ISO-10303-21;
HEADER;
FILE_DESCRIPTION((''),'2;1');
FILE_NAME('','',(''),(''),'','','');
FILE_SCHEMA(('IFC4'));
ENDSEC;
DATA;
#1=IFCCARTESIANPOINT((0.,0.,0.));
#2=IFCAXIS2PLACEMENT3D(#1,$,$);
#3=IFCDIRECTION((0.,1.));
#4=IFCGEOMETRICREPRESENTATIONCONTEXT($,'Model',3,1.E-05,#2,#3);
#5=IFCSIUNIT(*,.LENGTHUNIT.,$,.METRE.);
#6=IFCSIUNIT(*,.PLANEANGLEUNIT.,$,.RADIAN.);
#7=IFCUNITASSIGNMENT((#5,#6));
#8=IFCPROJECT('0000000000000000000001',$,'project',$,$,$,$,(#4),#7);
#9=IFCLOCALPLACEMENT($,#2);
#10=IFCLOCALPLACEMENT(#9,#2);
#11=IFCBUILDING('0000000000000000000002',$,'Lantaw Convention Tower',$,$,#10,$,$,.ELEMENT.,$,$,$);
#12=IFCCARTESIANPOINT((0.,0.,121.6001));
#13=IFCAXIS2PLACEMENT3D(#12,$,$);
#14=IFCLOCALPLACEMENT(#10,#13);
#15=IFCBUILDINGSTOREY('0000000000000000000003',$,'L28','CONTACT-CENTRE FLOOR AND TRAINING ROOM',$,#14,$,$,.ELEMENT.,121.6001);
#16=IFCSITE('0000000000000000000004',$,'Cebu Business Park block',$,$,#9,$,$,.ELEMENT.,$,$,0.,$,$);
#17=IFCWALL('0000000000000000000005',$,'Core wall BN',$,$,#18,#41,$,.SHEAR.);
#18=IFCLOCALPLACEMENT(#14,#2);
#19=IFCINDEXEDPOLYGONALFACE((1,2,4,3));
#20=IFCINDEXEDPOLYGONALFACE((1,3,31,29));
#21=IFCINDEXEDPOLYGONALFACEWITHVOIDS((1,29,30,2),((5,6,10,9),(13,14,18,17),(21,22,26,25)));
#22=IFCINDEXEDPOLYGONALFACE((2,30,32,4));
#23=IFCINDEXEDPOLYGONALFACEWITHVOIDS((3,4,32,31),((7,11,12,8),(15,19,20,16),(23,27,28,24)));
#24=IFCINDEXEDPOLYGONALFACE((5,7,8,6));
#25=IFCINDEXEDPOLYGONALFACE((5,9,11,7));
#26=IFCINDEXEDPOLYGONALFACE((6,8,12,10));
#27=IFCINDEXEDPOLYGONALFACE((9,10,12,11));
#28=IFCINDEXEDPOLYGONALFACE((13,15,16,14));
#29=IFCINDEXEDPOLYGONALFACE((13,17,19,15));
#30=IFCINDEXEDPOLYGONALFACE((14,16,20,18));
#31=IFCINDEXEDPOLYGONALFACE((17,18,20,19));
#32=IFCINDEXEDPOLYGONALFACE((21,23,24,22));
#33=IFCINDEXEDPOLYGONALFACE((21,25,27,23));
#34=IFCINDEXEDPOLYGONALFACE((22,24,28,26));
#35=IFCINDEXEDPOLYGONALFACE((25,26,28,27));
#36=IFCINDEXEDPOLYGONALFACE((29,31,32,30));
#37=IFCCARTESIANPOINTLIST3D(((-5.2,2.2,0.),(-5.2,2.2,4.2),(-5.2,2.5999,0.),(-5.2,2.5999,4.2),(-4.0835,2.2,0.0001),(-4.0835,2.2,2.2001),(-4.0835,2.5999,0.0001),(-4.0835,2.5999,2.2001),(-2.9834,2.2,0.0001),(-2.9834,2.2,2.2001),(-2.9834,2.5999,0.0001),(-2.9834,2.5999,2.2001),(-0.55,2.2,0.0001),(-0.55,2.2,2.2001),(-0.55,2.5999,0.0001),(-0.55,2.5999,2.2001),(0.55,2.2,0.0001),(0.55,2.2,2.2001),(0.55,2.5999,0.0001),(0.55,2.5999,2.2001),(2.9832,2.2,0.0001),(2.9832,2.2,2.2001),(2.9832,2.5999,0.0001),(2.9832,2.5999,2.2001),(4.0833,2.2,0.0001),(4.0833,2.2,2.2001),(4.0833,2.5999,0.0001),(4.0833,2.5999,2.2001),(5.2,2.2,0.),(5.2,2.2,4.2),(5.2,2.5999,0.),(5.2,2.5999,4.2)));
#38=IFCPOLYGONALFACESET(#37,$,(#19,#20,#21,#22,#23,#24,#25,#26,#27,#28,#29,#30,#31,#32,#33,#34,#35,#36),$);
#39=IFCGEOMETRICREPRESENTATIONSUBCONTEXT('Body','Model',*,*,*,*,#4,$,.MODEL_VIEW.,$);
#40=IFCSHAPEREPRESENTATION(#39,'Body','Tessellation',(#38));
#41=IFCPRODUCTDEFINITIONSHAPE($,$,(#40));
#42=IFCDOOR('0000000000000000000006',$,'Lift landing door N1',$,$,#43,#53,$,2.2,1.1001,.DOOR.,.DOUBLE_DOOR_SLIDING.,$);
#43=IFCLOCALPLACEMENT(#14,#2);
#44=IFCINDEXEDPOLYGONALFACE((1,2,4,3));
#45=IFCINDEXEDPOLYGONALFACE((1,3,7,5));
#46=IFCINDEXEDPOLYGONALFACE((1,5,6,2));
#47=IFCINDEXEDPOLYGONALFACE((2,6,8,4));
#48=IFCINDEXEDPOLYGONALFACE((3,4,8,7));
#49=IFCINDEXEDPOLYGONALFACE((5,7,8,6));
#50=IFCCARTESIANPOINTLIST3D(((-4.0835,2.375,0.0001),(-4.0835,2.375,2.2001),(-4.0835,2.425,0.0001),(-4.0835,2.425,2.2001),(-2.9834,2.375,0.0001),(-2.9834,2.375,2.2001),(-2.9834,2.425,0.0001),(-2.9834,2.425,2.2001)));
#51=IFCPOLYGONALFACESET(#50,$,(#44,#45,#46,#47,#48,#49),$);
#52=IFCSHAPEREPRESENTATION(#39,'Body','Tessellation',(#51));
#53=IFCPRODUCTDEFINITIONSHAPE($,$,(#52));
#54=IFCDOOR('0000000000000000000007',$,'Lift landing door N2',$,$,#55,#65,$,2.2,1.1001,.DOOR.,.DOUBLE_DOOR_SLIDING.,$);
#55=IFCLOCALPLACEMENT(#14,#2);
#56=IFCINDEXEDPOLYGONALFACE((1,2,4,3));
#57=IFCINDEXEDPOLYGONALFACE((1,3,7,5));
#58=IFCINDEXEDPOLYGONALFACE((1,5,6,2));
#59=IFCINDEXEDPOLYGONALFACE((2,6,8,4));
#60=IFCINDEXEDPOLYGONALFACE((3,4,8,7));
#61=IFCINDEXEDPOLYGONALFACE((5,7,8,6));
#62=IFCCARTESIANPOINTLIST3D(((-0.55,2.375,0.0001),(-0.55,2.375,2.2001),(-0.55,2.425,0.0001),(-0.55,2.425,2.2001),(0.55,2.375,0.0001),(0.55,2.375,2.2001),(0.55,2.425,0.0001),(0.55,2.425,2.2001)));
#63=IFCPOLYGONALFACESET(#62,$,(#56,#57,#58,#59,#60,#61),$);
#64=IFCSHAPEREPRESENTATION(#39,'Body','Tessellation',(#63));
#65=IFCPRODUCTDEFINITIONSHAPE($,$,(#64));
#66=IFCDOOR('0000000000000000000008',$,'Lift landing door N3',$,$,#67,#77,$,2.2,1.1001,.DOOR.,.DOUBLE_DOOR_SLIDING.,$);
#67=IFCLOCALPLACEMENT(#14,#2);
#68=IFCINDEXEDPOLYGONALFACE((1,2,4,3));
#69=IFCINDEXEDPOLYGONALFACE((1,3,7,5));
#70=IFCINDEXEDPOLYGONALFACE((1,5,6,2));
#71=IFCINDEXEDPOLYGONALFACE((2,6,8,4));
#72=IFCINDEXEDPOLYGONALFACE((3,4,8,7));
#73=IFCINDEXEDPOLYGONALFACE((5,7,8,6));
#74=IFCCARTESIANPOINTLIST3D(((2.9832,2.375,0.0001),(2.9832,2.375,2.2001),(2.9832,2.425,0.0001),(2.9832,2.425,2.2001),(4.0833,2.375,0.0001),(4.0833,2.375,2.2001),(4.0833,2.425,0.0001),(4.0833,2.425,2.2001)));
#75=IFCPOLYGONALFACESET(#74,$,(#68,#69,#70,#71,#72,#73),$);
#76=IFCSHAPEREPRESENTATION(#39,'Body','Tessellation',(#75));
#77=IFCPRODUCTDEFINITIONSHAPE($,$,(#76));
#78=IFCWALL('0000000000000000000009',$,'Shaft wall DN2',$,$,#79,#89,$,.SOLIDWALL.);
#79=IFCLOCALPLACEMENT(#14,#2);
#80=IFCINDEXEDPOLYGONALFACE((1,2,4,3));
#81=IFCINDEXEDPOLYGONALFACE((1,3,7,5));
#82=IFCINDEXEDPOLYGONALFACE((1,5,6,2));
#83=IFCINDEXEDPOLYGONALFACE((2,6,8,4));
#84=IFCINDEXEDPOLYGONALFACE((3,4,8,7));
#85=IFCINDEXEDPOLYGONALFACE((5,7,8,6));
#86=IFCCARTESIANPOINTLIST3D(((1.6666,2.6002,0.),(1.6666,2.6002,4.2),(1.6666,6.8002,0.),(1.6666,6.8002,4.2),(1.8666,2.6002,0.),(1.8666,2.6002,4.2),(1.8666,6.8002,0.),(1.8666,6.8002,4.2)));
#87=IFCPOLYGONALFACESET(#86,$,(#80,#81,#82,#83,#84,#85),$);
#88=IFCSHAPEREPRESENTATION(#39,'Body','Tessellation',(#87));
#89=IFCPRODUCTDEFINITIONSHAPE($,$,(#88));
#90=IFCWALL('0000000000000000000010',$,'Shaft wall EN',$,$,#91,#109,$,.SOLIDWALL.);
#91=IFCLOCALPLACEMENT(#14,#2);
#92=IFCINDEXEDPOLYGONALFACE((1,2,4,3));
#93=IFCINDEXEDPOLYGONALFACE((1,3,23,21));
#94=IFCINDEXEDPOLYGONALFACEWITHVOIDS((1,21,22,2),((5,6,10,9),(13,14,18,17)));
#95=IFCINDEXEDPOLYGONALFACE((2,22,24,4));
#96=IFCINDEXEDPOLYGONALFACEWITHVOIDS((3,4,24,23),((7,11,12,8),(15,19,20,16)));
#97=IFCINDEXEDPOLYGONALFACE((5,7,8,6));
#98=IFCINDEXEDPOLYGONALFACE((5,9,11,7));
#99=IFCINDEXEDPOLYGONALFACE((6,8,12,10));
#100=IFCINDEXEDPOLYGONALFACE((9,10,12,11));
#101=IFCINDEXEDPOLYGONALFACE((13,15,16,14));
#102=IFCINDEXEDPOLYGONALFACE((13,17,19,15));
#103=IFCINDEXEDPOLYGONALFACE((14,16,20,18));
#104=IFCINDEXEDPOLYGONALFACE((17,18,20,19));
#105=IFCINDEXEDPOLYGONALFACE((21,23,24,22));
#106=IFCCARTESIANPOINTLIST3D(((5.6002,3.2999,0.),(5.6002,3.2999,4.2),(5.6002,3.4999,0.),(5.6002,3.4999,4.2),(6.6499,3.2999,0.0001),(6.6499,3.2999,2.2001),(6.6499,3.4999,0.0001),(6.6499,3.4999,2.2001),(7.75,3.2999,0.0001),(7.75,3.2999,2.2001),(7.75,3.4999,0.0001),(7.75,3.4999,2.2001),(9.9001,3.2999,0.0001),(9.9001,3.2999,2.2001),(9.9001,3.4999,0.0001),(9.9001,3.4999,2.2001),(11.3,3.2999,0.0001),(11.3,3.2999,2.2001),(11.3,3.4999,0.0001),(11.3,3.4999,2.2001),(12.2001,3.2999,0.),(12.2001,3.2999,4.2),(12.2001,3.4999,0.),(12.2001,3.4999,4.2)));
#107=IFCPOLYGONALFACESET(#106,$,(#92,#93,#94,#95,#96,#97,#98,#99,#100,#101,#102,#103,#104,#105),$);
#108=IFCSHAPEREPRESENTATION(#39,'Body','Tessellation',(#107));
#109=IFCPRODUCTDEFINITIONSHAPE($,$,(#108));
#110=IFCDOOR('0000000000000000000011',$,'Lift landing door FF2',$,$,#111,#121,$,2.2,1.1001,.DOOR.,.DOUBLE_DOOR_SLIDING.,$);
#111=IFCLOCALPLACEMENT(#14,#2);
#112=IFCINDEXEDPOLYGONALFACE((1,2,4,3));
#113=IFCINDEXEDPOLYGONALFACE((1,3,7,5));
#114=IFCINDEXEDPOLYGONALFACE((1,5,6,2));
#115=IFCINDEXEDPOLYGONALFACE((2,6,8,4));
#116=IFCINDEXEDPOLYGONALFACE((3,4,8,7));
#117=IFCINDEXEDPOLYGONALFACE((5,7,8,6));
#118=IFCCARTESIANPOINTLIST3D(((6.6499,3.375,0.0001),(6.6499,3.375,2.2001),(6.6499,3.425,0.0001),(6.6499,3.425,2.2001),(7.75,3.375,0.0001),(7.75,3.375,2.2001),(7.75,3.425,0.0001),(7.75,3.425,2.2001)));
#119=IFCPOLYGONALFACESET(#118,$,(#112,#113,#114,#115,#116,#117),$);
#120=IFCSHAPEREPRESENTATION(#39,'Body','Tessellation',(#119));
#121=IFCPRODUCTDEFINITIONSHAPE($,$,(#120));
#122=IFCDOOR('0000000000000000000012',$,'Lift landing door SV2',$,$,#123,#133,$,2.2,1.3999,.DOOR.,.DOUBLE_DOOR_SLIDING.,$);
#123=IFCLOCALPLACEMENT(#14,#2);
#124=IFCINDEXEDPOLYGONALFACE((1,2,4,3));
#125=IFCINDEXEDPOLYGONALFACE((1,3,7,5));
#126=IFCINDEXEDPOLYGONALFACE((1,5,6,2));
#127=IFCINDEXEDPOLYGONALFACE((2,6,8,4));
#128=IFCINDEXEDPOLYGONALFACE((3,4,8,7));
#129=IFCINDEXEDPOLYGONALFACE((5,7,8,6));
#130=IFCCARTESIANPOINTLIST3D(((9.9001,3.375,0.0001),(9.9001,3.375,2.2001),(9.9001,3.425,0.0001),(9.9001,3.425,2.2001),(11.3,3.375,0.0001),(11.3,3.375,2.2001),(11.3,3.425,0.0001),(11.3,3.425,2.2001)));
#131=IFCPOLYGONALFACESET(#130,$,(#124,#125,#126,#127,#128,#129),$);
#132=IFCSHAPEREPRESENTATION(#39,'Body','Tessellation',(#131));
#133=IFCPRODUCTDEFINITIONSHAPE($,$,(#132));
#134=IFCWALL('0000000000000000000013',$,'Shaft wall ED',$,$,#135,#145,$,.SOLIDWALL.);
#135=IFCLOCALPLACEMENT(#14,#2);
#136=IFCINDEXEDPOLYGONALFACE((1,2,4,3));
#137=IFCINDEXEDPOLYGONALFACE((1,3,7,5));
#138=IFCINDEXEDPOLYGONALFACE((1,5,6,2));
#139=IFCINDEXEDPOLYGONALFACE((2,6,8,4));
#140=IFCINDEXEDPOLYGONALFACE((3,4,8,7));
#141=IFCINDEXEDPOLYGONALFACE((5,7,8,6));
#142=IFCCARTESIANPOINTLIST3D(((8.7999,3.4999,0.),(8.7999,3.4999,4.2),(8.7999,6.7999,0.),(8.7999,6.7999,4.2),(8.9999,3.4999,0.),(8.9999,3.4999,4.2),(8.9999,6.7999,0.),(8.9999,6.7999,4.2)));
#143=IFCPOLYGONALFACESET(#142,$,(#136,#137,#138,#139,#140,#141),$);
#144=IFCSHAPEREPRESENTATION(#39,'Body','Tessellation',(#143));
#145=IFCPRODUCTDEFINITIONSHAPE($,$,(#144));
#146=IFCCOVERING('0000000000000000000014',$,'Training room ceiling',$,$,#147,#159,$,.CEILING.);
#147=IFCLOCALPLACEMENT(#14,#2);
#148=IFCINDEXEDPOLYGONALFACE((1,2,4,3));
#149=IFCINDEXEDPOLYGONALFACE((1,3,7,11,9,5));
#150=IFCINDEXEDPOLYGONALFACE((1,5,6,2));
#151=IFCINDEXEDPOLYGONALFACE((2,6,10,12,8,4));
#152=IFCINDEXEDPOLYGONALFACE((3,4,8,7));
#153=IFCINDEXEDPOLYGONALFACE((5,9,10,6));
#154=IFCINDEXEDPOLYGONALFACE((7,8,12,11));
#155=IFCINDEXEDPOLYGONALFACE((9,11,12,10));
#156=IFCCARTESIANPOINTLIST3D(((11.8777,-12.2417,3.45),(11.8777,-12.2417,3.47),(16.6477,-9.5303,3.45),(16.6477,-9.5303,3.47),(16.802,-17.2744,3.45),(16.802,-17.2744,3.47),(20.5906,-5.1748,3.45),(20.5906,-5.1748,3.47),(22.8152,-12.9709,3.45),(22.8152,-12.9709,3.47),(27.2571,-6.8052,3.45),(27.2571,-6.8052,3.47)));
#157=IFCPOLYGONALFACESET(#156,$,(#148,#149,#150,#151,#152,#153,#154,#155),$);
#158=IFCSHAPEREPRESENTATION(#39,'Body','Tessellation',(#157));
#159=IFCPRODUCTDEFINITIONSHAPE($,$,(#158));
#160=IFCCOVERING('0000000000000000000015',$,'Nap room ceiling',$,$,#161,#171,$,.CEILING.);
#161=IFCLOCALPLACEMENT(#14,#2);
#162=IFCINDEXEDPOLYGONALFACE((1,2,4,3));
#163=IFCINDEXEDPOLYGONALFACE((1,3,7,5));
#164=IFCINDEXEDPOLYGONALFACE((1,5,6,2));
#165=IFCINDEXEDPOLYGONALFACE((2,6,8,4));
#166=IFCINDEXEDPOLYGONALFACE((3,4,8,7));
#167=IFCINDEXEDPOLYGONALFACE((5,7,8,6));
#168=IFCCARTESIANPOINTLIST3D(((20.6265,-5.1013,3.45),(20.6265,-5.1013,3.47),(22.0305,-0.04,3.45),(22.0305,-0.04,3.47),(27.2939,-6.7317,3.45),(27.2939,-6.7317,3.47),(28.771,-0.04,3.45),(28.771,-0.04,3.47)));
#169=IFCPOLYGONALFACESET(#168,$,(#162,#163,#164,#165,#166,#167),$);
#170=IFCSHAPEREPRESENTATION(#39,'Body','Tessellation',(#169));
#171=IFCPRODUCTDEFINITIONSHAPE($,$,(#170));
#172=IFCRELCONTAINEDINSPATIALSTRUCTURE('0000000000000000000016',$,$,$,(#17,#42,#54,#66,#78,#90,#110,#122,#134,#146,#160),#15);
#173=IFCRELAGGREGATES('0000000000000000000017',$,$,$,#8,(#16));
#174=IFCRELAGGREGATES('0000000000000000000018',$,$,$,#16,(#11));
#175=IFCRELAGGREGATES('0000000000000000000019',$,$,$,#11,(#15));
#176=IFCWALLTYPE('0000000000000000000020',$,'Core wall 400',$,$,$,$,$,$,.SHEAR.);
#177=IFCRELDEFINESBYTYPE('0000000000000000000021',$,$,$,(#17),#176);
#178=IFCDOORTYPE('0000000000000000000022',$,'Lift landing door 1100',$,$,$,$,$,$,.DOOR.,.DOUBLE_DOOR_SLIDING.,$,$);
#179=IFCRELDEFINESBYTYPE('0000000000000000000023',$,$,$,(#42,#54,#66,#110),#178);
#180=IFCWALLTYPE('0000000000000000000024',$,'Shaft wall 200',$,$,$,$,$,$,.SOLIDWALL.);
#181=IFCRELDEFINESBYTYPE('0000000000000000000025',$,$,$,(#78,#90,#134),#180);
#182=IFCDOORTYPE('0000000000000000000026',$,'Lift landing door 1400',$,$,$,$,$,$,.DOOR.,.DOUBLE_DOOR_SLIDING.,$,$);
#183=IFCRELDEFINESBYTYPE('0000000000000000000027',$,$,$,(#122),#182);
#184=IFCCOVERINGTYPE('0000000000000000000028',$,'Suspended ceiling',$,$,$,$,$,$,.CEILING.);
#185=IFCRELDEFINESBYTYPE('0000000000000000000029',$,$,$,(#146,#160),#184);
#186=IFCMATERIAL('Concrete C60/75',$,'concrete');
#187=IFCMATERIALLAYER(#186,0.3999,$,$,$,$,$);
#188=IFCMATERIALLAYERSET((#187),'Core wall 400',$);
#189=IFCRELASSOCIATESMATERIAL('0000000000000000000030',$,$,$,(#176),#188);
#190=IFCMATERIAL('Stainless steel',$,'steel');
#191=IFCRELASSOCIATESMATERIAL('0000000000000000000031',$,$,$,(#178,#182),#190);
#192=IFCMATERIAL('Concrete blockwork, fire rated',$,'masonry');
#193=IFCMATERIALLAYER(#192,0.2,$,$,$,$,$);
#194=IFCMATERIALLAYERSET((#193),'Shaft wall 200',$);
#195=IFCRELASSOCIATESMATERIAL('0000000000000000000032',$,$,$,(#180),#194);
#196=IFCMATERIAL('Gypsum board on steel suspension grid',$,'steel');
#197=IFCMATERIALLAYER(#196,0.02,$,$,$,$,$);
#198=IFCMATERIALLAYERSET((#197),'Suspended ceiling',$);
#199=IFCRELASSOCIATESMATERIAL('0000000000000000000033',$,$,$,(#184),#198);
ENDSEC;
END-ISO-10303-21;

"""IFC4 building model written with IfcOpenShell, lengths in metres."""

from ifc_helpers import new_model, si_unit, direction, frame, frame_2d, origin, place, context, subcontext, project, spatial, polyline, rectangle, outline, extrude, material, layer, layer_set, type_object, element, fill, save


model = new_model("IFC4")

# Units and contexts
model_context = context("Model", 3, precision=1e-05, world=origin(), true_north=direction((0.0, 1.0)))
body_context = subcontext(model_context, "Body", "Model", "MODEL_VIEW")
ifc_project = project(units=[si_unit("LENGTHUNIT", "METRE"), si_unit("PLANEANGLEUNIT", "RADIAN")], contexts=[model_context])

# Site, building, storey
site_placement = place(None, origin())
site = spatial("IfcSite", under=ifc_project, at=site_placement, Name="Cebu Business Park block", CompositionType="ELEMENT", RefElevation=0.0)
building_placement = place(site_placement, origin())
building = spatial("IfcBuilding", under=site, at=building_placement, Name="Lantaw Convention Tower", CompositionType="ELEMENT")
storey_placement = place(building_placement, frame((0.0, 0.0, 121.6001)))
storey = spatial("IfcBuildingStorey", under=building, at=storey_placement, Name="L28", Description="CONTACT-CENTRE FLOOR AND TRAINING ROOM", CompositionType="ELEMENT", Elevation=121.6001)

# Wall, openings, doors
ifc_material_1 = material(Name="Concrete C60/75", Category="concrete")
ifc_layer_1 = layer(ifc_material_1, 0.3999)
ifc_layer_set_1 = layer_set([ifc_layer_1], Name="Core wall 400")
wall_type_1 = type_object("IfcWallType", Name="Core wall 400", PredefinedType="SHEAR", material=ifc_layer_set_1)
wall_1_placement = place(storey_placement, frame((5.2, 2.3999, 0.0), z_axis=(0.0, 0.0, 1.0), x_axis=(-1.0, 0.0, 0.0)))
wall_1 = element("IfcWall", 1, at=wall_1_placement, inside=storey, type_object=wall_type_1, Name="Core wall BN", PredefinedType="SHEAR", context=body_context, shape_type="SweptSolid", body=[
    extrude(rectangle(XDim=10.3999, YDim=0.3999, at=frame_2d((5.2, 0.0))), origin(), (0.0, 0.0, 1.0), 4.2),
])
opening_1_placement = place(wall_1_placement, frame((8.1833, 0.0, 0.0)))
opening_1 = element("IfcOpeningElement", 2, at=opening_1_placement, cuts=wall_1, PredefinedType="OPENING", context=body_context, shape_type="SweptSolid", body=[
    extrude(rectangle(XDim=1.1001, YDim=2.2, at=frame_2d((0.55, 1.1001))), frame((0.0, 0.21, 0.0), z_axis=(0.0, -1.0, 0.0), x_axis=(1.0, 0.0, 0.0)), (0.0, 0.0, 1.0), 0.4199),
])
opening_2_placement = place(wall_1_placement, frame((4.6499, 0.0, 0.0)))
opening_2 = element("IfcOpeningElement", 3, at=opening_2_placement, cuts=wall_1, PredefinedType="OPENING", context=body_context, shape_type="SweptSolid", body=[
    extrude(rectangle(XDim=1.1001, YDim=2.2, at=frame_2d((0.55, 1.1001))), frame((0.0, 0.21, 0.0), z_axis=(0.0, -1.0, 0.0), x_axis=(1.0, 0.0, 0.0)), (0.0, 0.0, 1.0), 0.4199),
])
opening_3_placement = place(wall_1_placement, frame((1.1167, 0.0, 0.0)))
opening_3 = element("IfcOpeningElement", 4, at=opening_3_placement, cuts=wall_1, PredefinedType="OPENING", context=body_context, shape_type="SweptSolid", body=[
    extrude(rectangle(XDim=1.1001, YDim=2.2, at=frame_2d((0.55, 1.1001))), frame((0.0, 0.21, 0.0), z_axis=(0.0, -1.0, 0.0), x_axis=(1.0, 0.0, 0.0)), (0.0, 0.0, 1.0), 0.4199),
])
ifc_material_2 = material(Name="Stainless steel", Category="steel")
door_type_1 = type_object("IfcDoorType", Name="Lift landing door 1100", OperationType="DOUBLE_DOOR_SLIDING", PredefinedType="DOOR", material=ifc_material_2)
door_1_placement = place(opening_1_placement, origin())
door_1 = element("IfcDoor", 5, at=door_1_placement, inside=storey, type_object=door_type_1, Name="Lift landing door N1", OperationType="DOUBLE_DOOR_SLIDING", OverallHeight=2.2, OverallWidth=1.1001, PredefinedType="DOOR", context=body_context, shape_type="SweptSolid", body=[
    extrude(rectangle(XDim=1.1001, YDim=2.2, at=frame_2d((0.55, 1.1001))), frame((0.0, 0.0249, 0.0), z_axis=(0.0, -1.0, 0.0), x_axis=(1.0, 0.0, 0.0)), (0.0, 0.0, 1.0), 0.05),
])
fill(opening_1, door_1)
door_2_placement = place(opening_2_placement, origin())
door_2 = element("IfcDoor", 6, at=door_2_placement, inside=storey, type_object=door_type_1, Name="Lift landing door N2", OperationType="DOUBLE_DOOR_SLIDING", OverallHeight=2.2, OverallWidth=1.1001, PredefinedType="DOOR", context=body_context, shape_type="SweptSolid", body=[
    extrude(rectangle(XDim=1.1001, YDim=2.2, at=frame_2d((0.55, 1.1001))), frame((0.0, 0.0249, 0.0), z_axis=(0.0, -1.0, 0.0), x_axis=(1.0, 0.0, 0.0)), (0.0, 0.0, 1.0), 0.05),
])
fill(opening_2, door_2)
door_3_placement = place(opening_3_placement, origin())
door_3 = element("IfcDoor", 7, at=door_3_placement, inside=storey, type_object=door_type_1, Name="Lift landing door N3", OperationType="DOUBLE_DOOR_SLIDING", OverallHeight=2.2, OverallWidth=1.1001, PredefinedType="DOOR", context=body_context, shape_type="SweptSolid", body=[
    extrude(rectangle(XDim=1.1001, YDim=2.2, at=frame_2d((0.55, 1.1001))), frame((0.0, 0.0249, 0.0), z_axis=(0.0, -1.0, 0.0), x_axis=(1.0, 0.0, 0.0)), (0.0, 0.0, 1.0), 0.05),
])
fill(opening_3, door_3)

# Wall
ifc_material_3 = material(Name="Concrete blockwork, fire rated", Category="masonry")
ifc_layer_2 = layer(ifc_material_3, 0.2)
ifc_layer_set_2 = layer_set([ifc_layer_2], Name="Shaft wall 200")
wall_type_2 = type_object("IfcWallType", Name="Shaft wall 200", PredefinedType="SOLIDWALL", material=ifc_layer_set_2)
wall_2_placement = place(storey_placement, frame((1.7666, 2.6001, 0.0), z_axis=(0.0, 0.0, 1.0), x_axis=(0.0, 1.0, 0.0)))
element("IfcWall", 8, at=wall_2_placement, inside=storey, type_object=wall_type_2, Name="Shaft wall DN2", PredefinedType="SOLIDWALL", context=body_context, shape_type="SweptSolid", body=[
    extrude(rectangle(XDim=4.2, YDim=0.2, at=frame_2d((2.1001, 0.0))), origin(), (0.0, 0.0, 1.0), 4.2),
])

# Wall, openings, doors
wall_3_placement = place(storey_placement, frame((12.2, 3.3999, 0.0), z_axis=(0.0, 0.0, 1.0), x_axis=(-1.0, 0.0, 0.0)))
wall_3 = element("IfcWall", 9, at=wall_3_placement, inside=storey, type_object=wall_type_2, Name="Shaft wall EN", PredefinedType="SOLIDWALL", context=body_context, shape_type="SweptSolid", body=[
    extrude(rectangle(XDim=6.5999, YDim=0.2, at=frame_2d((3.2998, 0.0))), origin(), (0.0, 0.0, 1.0), 4.2),
])
opening_4_placement = place(wall_3_placement, frame((4.45, 0.0, 0.0)))
opening_4 = element("IfcOpeningElement", 10, at=opening_4_placement, cuts=wall_3, PredefinedType="OPENING", context=body_context, shape_type="SweptSolid", body=[
    extrude(rectangle(XDim=1.1001, YDim=2.2, at=frame_2d((0.55, 1.1001))), frame((0.0, 0.1099, 0.0), z_axis=(0.0, -1.0, 0.0), x_axis=(1.0, 0.0, 0.0)), (0.0, 0.0, 1.0), 0.22),
])
opening_5_placement = place(wall_3_placement, frame((0.8999, 0.0, 0.0)))
opening_5 = element("IfcOpeningElement", 11, at=opening_5_placement, cuts=wall_3, PredefinedType="OPENING", context=body_context, shape_type="SweptSolid", body=[
    extrude(rectangle(XDim=1.3999, YDim=2.2, at=frame_2d((0.7, 1.1001))), frame((0.0, 0.1099, 0.0), z_axis=(0.0, -1.0, 0.0), x_axis=(1.0, 0.0, 0.0)), (0.0, 0.0, 1.0), 0.22),
])
door_4_placement = place(opening_4_placement, origin())
door_4 = element("IfcDoor", 12, at=door_4_placement, inside=storey, type_object=door_type_1, Name="Lift landing door FF2", OperationType="DOUBLE_DOOR_SLIDING", OverallHeight=2.2, OverallWidth=1.1001, PredefinedType="DOOR", context=body_context, shape_type="SweptSolid", body=[
    extrude(rectangle(XDim=1.1001, YDim=2.2, at=frame_2d((0.55, 1.1001))), frame((0.0, 0.0249, 0.0), z_axis=(0.0, -1.0, 0.0), x_axis=(1.0, 0.0, 0.0)), (0.0, 0.0, 1.0), 0.05),
])
fill(opening_4, door_4)
door_type_2 = type_object("IfcDoorType", Name="Lift landing door 1400", OperationType="DOUBLE_DOOR_SLIDING", PredefinedType="DOOR", material=ifc_material_2)
door_5_placement = place(opening_5_placement, origin())
door_5 = element("IfcDoor", 13, at=door_5_placement, inside=storey, type_object=door_type_2, Name="Lift landing door SV2", OperationType="DOUBLE_DOOR_SLIDING", OverallHeight=2.2, OverallWidth=1.3999, PredefinedType="DOOR", context=body_context, shape_type="SweptSolid", body=[
    extrude(rectangle(XDim=1.3999, YDim=2.2, at=frame_2d((0.7, 1.1001))), frame((0.0, 0.0249, 0.0), z_axis=(0.0, -1.0, 0.0), x_axis=(1.0, 0.0, 0.0)), (0.0, 0.0, 1.0), 0.05),
])
fill(opening_5, door_5)

# Wall
wall_4_placement = place(storey_placement, frame((8.8999, 3.5, 0.0), z_axis=(0.0, 0.0, 1.0), x_axis=(0.0, 1.0, 0.0)))
element("IfcWall", 14, at=wall_4_placement, inside=storey, type_object=wall_type_2, Name="Shaft wall ED", PredefinedType="SOLIDWALL", context=body_context, shape_type="SweptSolid", body=[
    extrude(rectangle(XDim=3.3, YDim=0.2, at=frame_2d((1.6499, 0.0))), origin(), (0.0, 0.0, 1.0), 4.2),
])

# Coverings
ifc_material_4 = material(Name="Gypsum board on steel suspension grid", Category="steel")
ifc_layer_3 = layer(ifc_material_4, 0.02)
ifc_layer_set_3 = layer_set([ifc_layer_3], Name="Suspended ceiling")
covering_type = type_object("IfcCoveringType", Name="Suspended ceiling", PredefinedType="CEILING", material=ifc_layer_set_3)
covering_1_placement = place(storey_placement, frame((0.0, 0.0, 3.45)))
element("IfcCovering", 15, at=covering_1_placement, inside=storey, type_object=covering_type, Name="Training room ceiling", PredefinedType="CEILING", context=body_context, shape_type="SweptSolid", body=[
    extrude(outline(polyline([(11.8777, -12.2417), (16.802, -17.2744), (22.8152, -12.9709), (27.2571, -6.8052), (20.5906, -5.1748), (16.6477, -9.5303), (11.8777, -12.2417)])), origin(), (0.0, 0.0, 1.0), 0.02),
])
covering_2_placement = place(storey_placement, frame((0.0, 0.0, 3.45)))
element("IfcCovering", 16, at=covering_2_placement, inside=storey, type_object=covering_type, Name="Nap room ceiling", PredefinedType="CEILING", context=body_context, shape_type="SweptSolid", body=[
    extrude(outline(polyline([(20.6265, -5.1013), (27.2939, -6.7317), (28.771, -0.04), (22.0305, -0.04), (20.6265, -5.1013)])), origin(), (0.0, 0.0, 1.0), 0.02),
])

save(model, "model.ifc")
